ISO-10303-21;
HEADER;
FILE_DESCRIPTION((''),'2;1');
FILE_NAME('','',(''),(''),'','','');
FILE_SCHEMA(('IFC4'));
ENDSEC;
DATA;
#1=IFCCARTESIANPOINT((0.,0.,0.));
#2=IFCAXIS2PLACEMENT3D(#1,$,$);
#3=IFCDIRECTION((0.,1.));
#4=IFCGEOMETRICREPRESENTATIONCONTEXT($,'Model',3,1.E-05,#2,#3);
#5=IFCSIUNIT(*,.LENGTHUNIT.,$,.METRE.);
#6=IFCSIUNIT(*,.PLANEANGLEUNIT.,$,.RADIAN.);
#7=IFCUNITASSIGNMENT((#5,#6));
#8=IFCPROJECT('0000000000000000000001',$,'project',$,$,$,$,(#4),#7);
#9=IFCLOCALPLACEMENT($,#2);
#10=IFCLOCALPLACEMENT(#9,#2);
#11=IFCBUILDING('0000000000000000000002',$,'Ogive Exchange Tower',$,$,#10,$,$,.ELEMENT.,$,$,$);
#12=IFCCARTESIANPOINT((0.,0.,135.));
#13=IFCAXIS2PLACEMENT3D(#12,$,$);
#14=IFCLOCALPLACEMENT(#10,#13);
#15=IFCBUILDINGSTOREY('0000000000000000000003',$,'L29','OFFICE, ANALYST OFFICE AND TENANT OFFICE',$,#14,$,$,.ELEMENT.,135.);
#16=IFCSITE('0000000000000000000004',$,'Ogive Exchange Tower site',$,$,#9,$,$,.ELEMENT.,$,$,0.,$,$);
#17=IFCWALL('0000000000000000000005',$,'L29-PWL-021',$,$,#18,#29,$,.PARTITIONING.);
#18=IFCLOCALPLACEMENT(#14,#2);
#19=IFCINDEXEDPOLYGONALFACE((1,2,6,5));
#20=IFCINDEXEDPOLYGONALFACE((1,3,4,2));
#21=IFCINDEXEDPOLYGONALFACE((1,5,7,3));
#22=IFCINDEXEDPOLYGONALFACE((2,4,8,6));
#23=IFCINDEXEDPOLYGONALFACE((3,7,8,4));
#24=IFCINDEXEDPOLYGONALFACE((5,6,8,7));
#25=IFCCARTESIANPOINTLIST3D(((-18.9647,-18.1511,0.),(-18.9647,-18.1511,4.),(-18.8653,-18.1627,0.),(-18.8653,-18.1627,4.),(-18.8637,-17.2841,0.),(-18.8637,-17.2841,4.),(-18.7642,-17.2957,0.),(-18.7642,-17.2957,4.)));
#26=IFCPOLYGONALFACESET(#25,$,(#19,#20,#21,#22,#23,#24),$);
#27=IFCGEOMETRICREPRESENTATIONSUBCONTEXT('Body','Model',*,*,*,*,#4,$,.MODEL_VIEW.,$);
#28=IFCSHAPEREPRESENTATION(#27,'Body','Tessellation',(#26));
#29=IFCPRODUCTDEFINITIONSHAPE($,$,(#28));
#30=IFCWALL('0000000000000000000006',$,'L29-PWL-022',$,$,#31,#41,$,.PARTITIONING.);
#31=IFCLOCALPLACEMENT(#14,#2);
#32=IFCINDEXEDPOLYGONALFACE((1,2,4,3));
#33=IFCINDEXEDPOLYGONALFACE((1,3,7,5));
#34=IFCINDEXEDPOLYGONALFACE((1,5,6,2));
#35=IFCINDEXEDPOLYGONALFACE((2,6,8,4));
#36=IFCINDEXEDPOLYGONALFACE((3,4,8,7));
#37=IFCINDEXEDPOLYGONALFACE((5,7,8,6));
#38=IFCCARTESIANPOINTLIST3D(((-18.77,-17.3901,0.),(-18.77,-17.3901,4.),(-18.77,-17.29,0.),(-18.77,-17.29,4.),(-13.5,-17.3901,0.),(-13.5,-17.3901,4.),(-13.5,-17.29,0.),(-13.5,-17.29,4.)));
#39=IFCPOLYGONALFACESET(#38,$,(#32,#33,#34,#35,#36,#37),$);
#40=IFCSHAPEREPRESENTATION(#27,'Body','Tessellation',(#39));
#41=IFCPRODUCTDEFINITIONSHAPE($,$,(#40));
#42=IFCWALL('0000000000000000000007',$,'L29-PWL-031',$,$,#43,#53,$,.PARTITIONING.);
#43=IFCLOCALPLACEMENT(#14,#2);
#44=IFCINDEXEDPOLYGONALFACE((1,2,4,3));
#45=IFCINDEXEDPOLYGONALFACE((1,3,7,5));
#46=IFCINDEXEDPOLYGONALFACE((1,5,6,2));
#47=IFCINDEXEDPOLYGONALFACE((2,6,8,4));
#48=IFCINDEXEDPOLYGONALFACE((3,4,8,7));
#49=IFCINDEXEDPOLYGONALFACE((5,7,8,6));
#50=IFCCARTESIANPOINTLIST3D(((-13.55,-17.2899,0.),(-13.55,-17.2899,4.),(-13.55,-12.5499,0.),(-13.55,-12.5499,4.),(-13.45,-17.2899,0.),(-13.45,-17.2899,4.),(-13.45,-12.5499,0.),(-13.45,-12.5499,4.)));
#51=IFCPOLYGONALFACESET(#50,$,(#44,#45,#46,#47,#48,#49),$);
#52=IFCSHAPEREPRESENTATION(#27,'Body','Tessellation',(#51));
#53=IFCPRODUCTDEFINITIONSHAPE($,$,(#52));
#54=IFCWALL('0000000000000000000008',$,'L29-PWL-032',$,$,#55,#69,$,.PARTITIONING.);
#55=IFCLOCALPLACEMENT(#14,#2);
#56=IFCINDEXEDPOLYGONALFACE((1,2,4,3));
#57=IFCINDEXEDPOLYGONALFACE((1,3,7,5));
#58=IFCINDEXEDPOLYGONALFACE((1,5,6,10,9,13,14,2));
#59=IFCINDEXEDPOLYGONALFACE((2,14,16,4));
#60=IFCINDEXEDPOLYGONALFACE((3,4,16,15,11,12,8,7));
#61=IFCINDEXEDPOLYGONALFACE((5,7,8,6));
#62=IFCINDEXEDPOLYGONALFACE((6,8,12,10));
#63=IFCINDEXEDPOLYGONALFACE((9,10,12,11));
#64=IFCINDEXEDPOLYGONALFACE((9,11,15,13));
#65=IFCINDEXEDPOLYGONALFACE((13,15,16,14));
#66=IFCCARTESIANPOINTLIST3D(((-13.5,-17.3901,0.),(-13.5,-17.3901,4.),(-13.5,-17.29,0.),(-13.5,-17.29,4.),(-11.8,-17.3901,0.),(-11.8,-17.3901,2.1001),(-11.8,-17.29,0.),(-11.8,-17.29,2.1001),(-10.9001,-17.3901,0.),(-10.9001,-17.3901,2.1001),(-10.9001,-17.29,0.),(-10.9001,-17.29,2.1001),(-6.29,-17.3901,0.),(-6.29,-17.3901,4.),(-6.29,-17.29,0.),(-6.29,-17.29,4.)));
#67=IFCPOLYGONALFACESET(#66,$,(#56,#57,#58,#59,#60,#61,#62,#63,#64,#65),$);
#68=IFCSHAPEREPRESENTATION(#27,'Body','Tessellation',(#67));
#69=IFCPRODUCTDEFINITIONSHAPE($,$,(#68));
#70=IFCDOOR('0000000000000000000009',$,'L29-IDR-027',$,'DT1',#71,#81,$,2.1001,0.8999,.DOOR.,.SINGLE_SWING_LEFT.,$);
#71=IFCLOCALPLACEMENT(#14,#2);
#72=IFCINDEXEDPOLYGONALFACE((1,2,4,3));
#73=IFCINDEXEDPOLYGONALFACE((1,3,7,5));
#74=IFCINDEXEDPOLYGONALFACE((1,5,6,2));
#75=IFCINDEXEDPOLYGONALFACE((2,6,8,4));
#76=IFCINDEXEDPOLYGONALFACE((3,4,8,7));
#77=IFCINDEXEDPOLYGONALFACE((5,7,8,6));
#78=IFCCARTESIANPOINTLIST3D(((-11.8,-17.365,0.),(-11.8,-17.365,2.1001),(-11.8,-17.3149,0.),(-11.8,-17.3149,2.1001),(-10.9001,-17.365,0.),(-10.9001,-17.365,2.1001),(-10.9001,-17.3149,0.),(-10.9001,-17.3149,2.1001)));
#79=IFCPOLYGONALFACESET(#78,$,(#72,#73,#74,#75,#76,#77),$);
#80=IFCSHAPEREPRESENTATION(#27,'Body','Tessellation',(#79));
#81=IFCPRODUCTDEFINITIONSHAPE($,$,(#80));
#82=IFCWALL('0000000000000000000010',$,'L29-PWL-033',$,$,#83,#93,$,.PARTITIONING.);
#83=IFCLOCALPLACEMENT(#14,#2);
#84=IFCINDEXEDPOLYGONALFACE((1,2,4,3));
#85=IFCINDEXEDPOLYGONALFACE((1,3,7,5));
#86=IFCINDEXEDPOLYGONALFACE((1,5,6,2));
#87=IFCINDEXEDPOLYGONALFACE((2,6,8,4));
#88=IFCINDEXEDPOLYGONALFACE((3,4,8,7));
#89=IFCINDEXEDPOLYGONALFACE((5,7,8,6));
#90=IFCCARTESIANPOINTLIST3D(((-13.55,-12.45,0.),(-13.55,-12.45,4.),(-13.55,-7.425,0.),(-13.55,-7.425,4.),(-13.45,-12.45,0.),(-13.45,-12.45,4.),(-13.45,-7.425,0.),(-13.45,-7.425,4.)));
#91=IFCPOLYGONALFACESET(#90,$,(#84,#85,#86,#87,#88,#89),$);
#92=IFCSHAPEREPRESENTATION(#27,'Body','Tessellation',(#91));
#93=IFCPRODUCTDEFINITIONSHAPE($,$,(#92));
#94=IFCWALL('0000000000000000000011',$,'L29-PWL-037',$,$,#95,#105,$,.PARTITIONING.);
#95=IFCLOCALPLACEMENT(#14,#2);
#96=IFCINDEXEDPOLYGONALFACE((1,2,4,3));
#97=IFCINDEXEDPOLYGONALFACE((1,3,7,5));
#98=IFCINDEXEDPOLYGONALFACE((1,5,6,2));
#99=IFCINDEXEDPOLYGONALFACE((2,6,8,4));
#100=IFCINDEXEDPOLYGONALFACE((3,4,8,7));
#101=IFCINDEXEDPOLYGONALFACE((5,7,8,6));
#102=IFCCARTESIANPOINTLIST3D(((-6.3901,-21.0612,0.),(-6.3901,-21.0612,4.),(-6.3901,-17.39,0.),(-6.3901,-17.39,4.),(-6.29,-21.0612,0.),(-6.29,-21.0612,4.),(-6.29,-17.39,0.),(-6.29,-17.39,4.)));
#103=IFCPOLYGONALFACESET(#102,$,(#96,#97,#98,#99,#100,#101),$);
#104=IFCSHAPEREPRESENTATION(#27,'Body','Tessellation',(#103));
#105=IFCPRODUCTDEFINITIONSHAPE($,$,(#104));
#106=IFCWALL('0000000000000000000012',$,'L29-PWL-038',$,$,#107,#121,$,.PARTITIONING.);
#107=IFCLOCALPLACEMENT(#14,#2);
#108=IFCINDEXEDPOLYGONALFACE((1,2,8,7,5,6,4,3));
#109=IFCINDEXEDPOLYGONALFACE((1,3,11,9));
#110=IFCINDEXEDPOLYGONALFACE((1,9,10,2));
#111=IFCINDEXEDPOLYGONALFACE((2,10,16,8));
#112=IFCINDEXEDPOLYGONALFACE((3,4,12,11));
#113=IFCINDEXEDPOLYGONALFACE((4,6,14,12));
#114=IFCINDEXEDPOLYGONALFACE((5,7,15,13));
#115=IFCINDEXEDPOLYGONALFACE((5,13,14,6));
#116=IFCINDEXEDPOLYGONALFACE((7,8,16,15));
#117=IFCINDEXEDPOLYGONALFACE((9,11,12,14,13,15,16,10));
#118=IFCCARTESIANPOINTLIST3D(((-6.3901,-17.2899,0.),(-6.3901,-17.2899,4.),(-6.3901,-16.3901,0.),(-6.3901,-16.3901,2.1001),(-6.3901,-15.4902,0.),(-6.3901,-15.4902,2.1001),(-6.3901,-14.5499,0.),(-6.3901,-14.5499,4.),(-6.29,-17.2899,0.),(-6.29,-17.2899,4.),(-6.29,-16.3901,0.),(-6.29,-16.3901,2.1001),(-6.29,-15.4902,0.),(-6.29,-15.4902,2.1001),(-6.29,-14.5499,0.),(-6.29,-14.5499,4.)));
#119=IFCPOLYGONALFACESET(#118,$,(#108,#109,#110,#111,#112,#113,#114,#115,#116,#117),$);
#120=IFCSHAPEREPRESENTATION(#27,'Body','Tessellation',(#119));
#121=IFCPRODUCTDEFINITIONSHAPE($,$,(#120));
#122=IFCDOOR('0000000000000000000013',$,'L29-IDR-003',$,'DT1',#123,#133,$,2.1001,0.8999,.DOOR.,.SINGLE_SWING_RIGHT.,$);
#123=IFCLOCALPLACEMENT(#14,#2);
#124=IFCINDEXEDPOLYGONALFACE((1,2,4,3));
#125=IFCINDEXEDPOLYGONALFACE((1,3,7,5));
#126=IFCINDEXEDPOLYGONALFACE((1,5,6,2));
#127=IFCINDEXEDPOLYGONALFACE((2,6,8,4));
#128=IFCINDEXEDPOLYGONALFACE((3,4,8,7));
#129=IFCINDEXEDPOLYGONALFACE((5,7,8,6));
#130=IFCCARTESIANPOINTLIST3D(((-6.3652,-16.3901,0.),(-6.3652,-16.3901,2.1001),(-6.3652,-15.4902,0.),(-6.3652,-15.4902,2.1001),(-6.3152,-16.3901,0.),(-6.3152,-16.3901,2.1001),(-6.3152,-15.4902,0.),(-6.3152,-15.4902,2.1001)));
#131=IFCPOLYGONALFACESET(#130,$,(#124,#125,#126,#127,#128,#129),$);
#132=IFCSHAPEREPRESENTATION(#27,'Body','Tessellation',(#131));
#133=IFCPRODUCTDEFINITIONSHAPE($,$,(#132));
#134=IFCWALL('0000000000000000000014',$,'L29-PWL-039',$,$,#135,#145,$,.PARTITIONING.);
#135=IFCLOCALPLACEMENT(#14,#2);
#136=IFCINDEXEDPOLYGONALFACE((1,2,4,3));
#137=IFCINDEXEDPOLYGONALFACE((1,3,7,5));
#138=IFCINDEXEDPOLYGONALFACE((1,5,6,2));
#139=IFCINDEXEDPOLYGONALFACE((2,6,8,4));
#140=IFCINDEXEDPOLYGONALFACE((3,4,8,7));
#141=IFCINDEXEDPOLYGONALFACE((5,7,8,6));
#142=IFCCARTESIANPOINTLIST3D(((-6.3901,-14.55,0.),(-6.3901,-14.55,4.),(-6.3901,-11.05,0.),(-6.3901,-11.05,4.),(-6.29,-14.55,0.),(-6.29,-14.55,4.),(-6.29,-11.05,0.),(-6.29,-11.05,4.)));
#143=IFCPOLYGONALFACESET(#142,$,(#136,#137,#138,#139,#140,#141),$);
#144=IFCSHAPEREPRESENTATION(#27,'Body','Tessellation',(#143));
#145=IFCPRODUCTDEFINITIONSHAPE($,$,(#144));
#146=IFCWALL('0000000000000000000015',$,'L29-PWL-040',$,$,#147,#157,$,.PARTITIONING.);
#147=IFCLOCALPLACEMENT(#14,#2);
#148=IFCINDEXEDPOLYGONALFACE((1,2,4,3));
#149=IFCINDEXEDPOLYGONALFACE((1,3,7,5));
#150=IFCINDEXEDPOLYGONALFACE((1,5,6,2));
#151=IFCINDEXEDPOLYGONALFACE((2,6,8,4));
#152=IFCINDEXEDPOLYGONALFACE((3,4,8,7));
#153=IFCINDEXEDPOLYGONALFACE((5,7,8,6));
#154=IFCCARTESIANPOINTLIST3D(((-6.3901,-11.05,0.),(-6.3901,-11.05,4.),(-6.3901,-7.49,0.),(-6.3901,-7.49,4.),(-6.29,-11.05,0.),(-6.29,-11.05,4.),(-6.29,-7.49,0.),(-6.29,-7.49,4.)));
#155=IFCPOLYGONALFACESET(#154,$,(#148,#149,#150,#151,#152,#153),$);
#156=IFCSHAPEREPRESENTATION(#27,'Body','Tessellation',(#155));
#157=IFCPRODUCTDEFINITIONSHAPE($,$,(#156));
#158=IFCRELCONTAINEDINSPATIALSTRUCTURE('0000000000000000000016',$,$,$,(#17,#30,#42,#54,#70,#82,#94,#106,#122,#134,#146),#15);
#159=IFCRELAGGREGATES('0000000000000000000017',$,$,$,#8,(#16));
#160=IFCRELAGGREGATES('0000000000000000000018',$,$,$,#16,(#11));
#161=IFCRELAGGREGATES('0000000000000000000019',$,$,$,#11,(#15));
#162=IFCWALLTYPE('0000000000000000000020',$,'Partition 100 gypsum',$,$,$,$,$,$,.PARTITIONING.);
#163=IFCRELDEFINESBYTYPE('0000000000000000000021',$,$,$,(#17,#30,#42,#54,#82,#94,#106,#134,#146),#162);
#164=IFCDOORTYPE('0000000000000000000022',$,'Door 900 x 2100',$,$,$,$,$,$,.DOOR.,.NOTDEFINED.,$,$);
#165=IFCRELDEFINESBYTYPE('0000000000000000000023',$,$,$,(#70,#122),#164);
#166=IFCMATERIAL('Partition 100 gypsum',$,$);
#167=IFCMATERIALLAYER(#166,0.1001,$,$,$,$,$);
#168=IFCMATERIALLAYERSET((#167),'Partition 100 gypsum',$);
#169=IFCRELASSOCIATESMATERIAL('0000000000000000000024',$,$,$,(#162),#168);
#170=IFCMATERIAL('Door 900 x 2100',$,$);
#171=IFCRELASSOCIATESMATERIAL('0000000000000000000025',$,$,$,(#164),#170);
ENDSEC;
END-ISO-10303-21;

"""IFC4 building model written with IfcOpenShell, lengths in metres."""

from ifc_helpers import new_model, si_unit, direction, frame, frame_2d, origin, place, context, subcontext, project, spatial, rectangle, extrude, material, layer, layer_set, type_object, element, fill, save


model = new_model("IFC4")

# Units and contexts
model_context = context("Model", 3, precision=1e-05, world=origin(), true_north=direction((0.0, 1.0)))
body_context = subcontext(model_context, "Body", "Model", "MODEL_VIEW")
ifc_project = project(units=[si_unit("LENGTHUNIT", "METRE"), si_unit("PLANEANGLEUNIT", "RADIAN")], contexts=[model_context])

# Site, building, storey
site_placement = place(None, origin())
site = spatial("IfcSite", under=ifc_project, at=site_placement, Name="Ogive Exchange Tower site", CompositionType="ELEMENT", RefElevation=0.0)
building_placement = place(site_placement, origin())
building = spatial("IfcBuilding", under=site, at=building_placement, Name="Ogive Exchange Tower", CompositionType="ELEMENT")
storey_placement = place(building_placement, frame((0.0, 0.0, 135.0)))
storey = spatial("IfcBuildingStorey", under=building, at=storey_placement, Name="L29", Description="OFFICE, ANALYST OFFICE AND TENANT OFFICE", CompositionType="ELEMENT", Elevation=135.0)

# Walls
ifc_material_1 = material(Name="Partition 100 gypsum")
ifc_layer_1 = layer(ifc_material_1, 0.1001)
ifc_layer_set_1 = layer_set([ifc_layer_1], Name="Partition 100 gypsum")
wall_type_1 = type_object("IfcWallType", Name="Partition 100 gypsum", PredefinedType="PARTITIONING", material=ifc_layer_set_1)
wall_1_placement = place(storey_placement, frame((-18.915, -18.157, 0.0), z_axis=(0.0, 0.0, 1.0), x_axis=(0.115803, 0.993272, 0.0)))
element("IfcWall", 1, at=wall_1_placement, inside=storey, type_object=wall_type_1, Name="L29-PWL-021", PredefinedType="PARTITIONING", context=body_context, shape_type="SweptSolid", body=[
    extrude(rectangle(XDim=0.8728, YDim=0.1001, at=frame_2d((0.4365, 0.0))), origin(), (0.0, 0.0, 1.0), 4.0),
])
wall_2_placement = place(storey_placement, frame((-18.77, -17.3401, 0.0), z_axis=(0.0, 0.0, 1.0), x_axis=(1.0, 0.0, 0.0)))
element("IfcWall", 2, at=wall_2_placement, inside=storey, type_object=wall_type_1, Name="L29-PWL-022", PredefinedType="PARTITIONING", context=body_context, shape_type="SweptSolid", body=[
    extrude(rectangle(XDim=5.27, YDim=0.1001, at=frame_2d((2.635, 0.0))), origin(), (0.0, 0.0, 1.0), 4.0),
])
wall_3_placement = place(storey_placement, frame((-13.5, -17.29, 0.0), z_axis=(0.0, 0.0, 1.0), x_axis=(0.0, 1.0, 0.0)))
element("IfcWall", 3, at=wall_3_placement, inside=storey, type_object=wall_type_1, Name="L29-PWL-031", PredefinedType="PARTITIONING", context=body_context, shape_type="SweptSolid", body=[
    extrude(rectangle(XDim=4.74, YDim=0.1001, at=frame_2d((2.3701, 0.0))), origin(), (0.0, 0.0, 1.0), 4.0),
])

# Wall, opening, door
wall_4_placement = place(storey_placement, frame((-13.5, -17.3401, 0.0), z_axis=(0.0, 0.0, 1.0), x_axis=(1.0, 0.0, 0.0)))
wall_4 = element("IfcWall", 4, at=wall_4_placement, inside=storey, type_object=wall_type_1, Name="L29-PWL-032", PredefinedType="PARTITIONING", context=body_context, shape_type="SweptSolid", body=[
    extrude(rectangle(XDim=7.21, YDim=0.1001, at=frame_2d((3.605, 0.0))), origin(), (0.0, 0.0, 1.0), 4.0),
])
opening_1_placement = place(wall_4_placement, frame((1.7, 0.0, 0.0)))
opening_1 = element("IfcOpeningElement", 5, at=opening_1_placement, cuts=wall_4, PredefinedType="OPENING", context=body_context, shape_type="SweptSolid", body=[
    extrude(rectangle(XDim=0.8999, YDim=2.1001, at=frame_2d((0.45, 1.05))), frame((0.0, 0.0601, 0.0), z_axis=(0.0, -1.0, 0.0), x_axis=(1.0, 0.0, 0.0)), (0.0, 0.0, 1.0), 0.1201),
])
ifc_material_2 = material(Name="Door 900 x 2100")
door_type_1 = type_object("IfcDoorType", Name="Door 900 x 2100", OperationType="NOTDEFINED", PredefinedType="DOOR", material=ifc_material_2)
door_1_placement = place(opening_1_placement, frame((0.8999, 0.0, 0.0), z_axis=(0.0, 0.0, 1.0), x_axis=(-1.0, 0.0, 0.0)))
door_1 = element("IfcDoor", 6, at=door_1_placement, inside=storey, type_object=door_type_1, Name="L29-IDR-027", ObjectType="DT1", OperationType="SINGLE_SWING_LEFT", OverallHeight=2.1001, OverallWidth=0.8999, PredefinedType="DOOR", context=body_context, shape_type="SweptSolid", body=[
    extrude(rectangle(XDim=0.8999, YDim=2.1001, at=frame_2d((0.45, 1.05))), frame((0.0, 0.0249, 0.0), z_axis=(0.0, -1.0, 0.0), x_axis=(1.0, 0.0, 0.0)), (0.0, 0.0, 1.0), 0.05),
])
fill(opening_1, door_1)

# Walls
wall_5_placement = place(storey_placement, frame((-13.5, -12.45, 0.0), z_axis=(0.0, 0.0, 1.0), x_axis=(0.0, 1.0, 0.0)))
element("IfcWall", 7, at=wall_5_placement, inside=storey, type_object=wall_type_1, Name="L29-PWL-033", PredefinedType="PARTITIONING", context=body_context, shape_type="SweptSolid", body=[
    extrude(rectangle(XDim=5.0249, YDim=0.1001, at=frame_2d((2.5125, 0.0))), origin(), (0.0, 0.0, 1.0), 4.0),
])
wall_6_placement = place(storey_placement, frame((-6.3401, -21.061, 0.0), z_axis=(0.0, 0.0, 1.0), x_axis=(0.0, 1.0, 0.0)))
element("IfcWall", 8, at=wall_6_placement, inside=storey, type_object=wall_type_1, Name="L29-PWL-037", PredefinedType="PARTITIONING", context=body_context, shape_type="SweptSolid", body=[
    extrude(rectangle(XDim=3.6711, YDim=0.1001, at=frame_2d((1.8354, 0.0))), origin(), (0.0, 0.0, 1.0), 4.0),
])

# Wall, opening, door
wall_7_placement = place(storey_placement, frame((-6.3401, -17.29, 0.0), z_axis=(0.0, 0.0, 1.0), x_axis=(0.0, 1.0, 0.0)))
wall_7 = element("IfcWall", 9, at=wall_7_placement, inside=storey, type_object=wall_type_1, Name="L29-PWL-038", PredefinedType="PARTITIONING", context=body_context, shape_type="SweptSolid", body=[
    extrude(rectangle(XDim=2.74, YDim=0.1001, at=frame_2d((1.3701, 0.0))), origin(), (0.0, 0.0, 1.0), 4.0),
])
opening_2_placement = place(wall_7_placement, frame((0.8999, 0.0, 0.0)))
opening_2 = element("IfcOpeningElement", 10, at=opening_2_placement, cuts=wall_7, PredefinedType="OPENING", context=body_context, shape_type="SweptSolid", body=[
    extrude(rectangle(XDim=0.8999, YDim=2.1001, at=frame_2d((0.45, 1.05))), frame((0.0, 0.0601, 0.0), z_axis=(0.0, -1.0, 0.0), x_axis=(1.0, 0.0, 0.0)), (0.0, 0.0, 1.0), 0.1201),
])
door_2_placement = place(opening_2_placement, frame((0.8999, 0.0, 0.0), z_axis=(0.0, 0.0, 1.0), x_axis=(-1.0, 0.0, 0.0)))
door_2 = element("IfcDoor", 11, at=door_2_placement, inside=storey, type_object=door_type_1, Name="L29-IDR-003", ObjectType="DT1", OperationType="SINGLE_SWING_RIGHT", OverallHeight=2.1001, OverallWidth=0.8999, PredefinedType="DOOR", context=body_context, shape_type="SweptSolid", body=[
    extrude(rectangle(XDim=0.8999, YDim=2.1001, at=frame_2d((0.45, 1.05))), frame((0.0, 0.0249, 0.0), z_axis=(0.0, -1.0, 0.0), x_axis=(1.0, 0.0, 0.0)), (0.0, 0.0, 1.0), 0.05),
])
fill(opening_2, door_2)

# Walls
wall_8_placement = place(storey_placement, frame((-6.3401, -14.55, 0.0), z_axis=(0.0, 0.0, 1.0), x_axis=(0.0, 1.0, 0.0)))
element("IfcWall", 12, at=wall_8_placement, inside=storey, type_object=wall_type_1, Name="L29-PWL-039", PredefinedType="PARTITIONING", context=body_context, shape_type="SweptSolid", body=[
    extrude(rectangle(XDim=3.5, YDim=0.1001, at=frame_2d((1.75, 0.0))), origin(), (0.0, 0.0, 1.0), 4.0),
])
wall_9_placement = place(storey_placement, frame((-6.3401, -11.05, 0.0), z_axis=(0.0, 0.0, 1.0), x_axis=(0.0, 1.0, 0.0)))
element("IfcWall", 13, at=wall_9_placement, inside=storey, type_object=wall_type_1, Name="L29-PWL-040", PredefinedType="PARTITIONING", context=body_context, shape_type="SweptSolid", body=[
    extrude(rectangle(XDim=3.5601, YDim=0.1001, at=frame_2d((1.78, 0.0))), origin(), (0.0, 0.0, 1.0), 4.0),
])

save(model, "model.ifc")
